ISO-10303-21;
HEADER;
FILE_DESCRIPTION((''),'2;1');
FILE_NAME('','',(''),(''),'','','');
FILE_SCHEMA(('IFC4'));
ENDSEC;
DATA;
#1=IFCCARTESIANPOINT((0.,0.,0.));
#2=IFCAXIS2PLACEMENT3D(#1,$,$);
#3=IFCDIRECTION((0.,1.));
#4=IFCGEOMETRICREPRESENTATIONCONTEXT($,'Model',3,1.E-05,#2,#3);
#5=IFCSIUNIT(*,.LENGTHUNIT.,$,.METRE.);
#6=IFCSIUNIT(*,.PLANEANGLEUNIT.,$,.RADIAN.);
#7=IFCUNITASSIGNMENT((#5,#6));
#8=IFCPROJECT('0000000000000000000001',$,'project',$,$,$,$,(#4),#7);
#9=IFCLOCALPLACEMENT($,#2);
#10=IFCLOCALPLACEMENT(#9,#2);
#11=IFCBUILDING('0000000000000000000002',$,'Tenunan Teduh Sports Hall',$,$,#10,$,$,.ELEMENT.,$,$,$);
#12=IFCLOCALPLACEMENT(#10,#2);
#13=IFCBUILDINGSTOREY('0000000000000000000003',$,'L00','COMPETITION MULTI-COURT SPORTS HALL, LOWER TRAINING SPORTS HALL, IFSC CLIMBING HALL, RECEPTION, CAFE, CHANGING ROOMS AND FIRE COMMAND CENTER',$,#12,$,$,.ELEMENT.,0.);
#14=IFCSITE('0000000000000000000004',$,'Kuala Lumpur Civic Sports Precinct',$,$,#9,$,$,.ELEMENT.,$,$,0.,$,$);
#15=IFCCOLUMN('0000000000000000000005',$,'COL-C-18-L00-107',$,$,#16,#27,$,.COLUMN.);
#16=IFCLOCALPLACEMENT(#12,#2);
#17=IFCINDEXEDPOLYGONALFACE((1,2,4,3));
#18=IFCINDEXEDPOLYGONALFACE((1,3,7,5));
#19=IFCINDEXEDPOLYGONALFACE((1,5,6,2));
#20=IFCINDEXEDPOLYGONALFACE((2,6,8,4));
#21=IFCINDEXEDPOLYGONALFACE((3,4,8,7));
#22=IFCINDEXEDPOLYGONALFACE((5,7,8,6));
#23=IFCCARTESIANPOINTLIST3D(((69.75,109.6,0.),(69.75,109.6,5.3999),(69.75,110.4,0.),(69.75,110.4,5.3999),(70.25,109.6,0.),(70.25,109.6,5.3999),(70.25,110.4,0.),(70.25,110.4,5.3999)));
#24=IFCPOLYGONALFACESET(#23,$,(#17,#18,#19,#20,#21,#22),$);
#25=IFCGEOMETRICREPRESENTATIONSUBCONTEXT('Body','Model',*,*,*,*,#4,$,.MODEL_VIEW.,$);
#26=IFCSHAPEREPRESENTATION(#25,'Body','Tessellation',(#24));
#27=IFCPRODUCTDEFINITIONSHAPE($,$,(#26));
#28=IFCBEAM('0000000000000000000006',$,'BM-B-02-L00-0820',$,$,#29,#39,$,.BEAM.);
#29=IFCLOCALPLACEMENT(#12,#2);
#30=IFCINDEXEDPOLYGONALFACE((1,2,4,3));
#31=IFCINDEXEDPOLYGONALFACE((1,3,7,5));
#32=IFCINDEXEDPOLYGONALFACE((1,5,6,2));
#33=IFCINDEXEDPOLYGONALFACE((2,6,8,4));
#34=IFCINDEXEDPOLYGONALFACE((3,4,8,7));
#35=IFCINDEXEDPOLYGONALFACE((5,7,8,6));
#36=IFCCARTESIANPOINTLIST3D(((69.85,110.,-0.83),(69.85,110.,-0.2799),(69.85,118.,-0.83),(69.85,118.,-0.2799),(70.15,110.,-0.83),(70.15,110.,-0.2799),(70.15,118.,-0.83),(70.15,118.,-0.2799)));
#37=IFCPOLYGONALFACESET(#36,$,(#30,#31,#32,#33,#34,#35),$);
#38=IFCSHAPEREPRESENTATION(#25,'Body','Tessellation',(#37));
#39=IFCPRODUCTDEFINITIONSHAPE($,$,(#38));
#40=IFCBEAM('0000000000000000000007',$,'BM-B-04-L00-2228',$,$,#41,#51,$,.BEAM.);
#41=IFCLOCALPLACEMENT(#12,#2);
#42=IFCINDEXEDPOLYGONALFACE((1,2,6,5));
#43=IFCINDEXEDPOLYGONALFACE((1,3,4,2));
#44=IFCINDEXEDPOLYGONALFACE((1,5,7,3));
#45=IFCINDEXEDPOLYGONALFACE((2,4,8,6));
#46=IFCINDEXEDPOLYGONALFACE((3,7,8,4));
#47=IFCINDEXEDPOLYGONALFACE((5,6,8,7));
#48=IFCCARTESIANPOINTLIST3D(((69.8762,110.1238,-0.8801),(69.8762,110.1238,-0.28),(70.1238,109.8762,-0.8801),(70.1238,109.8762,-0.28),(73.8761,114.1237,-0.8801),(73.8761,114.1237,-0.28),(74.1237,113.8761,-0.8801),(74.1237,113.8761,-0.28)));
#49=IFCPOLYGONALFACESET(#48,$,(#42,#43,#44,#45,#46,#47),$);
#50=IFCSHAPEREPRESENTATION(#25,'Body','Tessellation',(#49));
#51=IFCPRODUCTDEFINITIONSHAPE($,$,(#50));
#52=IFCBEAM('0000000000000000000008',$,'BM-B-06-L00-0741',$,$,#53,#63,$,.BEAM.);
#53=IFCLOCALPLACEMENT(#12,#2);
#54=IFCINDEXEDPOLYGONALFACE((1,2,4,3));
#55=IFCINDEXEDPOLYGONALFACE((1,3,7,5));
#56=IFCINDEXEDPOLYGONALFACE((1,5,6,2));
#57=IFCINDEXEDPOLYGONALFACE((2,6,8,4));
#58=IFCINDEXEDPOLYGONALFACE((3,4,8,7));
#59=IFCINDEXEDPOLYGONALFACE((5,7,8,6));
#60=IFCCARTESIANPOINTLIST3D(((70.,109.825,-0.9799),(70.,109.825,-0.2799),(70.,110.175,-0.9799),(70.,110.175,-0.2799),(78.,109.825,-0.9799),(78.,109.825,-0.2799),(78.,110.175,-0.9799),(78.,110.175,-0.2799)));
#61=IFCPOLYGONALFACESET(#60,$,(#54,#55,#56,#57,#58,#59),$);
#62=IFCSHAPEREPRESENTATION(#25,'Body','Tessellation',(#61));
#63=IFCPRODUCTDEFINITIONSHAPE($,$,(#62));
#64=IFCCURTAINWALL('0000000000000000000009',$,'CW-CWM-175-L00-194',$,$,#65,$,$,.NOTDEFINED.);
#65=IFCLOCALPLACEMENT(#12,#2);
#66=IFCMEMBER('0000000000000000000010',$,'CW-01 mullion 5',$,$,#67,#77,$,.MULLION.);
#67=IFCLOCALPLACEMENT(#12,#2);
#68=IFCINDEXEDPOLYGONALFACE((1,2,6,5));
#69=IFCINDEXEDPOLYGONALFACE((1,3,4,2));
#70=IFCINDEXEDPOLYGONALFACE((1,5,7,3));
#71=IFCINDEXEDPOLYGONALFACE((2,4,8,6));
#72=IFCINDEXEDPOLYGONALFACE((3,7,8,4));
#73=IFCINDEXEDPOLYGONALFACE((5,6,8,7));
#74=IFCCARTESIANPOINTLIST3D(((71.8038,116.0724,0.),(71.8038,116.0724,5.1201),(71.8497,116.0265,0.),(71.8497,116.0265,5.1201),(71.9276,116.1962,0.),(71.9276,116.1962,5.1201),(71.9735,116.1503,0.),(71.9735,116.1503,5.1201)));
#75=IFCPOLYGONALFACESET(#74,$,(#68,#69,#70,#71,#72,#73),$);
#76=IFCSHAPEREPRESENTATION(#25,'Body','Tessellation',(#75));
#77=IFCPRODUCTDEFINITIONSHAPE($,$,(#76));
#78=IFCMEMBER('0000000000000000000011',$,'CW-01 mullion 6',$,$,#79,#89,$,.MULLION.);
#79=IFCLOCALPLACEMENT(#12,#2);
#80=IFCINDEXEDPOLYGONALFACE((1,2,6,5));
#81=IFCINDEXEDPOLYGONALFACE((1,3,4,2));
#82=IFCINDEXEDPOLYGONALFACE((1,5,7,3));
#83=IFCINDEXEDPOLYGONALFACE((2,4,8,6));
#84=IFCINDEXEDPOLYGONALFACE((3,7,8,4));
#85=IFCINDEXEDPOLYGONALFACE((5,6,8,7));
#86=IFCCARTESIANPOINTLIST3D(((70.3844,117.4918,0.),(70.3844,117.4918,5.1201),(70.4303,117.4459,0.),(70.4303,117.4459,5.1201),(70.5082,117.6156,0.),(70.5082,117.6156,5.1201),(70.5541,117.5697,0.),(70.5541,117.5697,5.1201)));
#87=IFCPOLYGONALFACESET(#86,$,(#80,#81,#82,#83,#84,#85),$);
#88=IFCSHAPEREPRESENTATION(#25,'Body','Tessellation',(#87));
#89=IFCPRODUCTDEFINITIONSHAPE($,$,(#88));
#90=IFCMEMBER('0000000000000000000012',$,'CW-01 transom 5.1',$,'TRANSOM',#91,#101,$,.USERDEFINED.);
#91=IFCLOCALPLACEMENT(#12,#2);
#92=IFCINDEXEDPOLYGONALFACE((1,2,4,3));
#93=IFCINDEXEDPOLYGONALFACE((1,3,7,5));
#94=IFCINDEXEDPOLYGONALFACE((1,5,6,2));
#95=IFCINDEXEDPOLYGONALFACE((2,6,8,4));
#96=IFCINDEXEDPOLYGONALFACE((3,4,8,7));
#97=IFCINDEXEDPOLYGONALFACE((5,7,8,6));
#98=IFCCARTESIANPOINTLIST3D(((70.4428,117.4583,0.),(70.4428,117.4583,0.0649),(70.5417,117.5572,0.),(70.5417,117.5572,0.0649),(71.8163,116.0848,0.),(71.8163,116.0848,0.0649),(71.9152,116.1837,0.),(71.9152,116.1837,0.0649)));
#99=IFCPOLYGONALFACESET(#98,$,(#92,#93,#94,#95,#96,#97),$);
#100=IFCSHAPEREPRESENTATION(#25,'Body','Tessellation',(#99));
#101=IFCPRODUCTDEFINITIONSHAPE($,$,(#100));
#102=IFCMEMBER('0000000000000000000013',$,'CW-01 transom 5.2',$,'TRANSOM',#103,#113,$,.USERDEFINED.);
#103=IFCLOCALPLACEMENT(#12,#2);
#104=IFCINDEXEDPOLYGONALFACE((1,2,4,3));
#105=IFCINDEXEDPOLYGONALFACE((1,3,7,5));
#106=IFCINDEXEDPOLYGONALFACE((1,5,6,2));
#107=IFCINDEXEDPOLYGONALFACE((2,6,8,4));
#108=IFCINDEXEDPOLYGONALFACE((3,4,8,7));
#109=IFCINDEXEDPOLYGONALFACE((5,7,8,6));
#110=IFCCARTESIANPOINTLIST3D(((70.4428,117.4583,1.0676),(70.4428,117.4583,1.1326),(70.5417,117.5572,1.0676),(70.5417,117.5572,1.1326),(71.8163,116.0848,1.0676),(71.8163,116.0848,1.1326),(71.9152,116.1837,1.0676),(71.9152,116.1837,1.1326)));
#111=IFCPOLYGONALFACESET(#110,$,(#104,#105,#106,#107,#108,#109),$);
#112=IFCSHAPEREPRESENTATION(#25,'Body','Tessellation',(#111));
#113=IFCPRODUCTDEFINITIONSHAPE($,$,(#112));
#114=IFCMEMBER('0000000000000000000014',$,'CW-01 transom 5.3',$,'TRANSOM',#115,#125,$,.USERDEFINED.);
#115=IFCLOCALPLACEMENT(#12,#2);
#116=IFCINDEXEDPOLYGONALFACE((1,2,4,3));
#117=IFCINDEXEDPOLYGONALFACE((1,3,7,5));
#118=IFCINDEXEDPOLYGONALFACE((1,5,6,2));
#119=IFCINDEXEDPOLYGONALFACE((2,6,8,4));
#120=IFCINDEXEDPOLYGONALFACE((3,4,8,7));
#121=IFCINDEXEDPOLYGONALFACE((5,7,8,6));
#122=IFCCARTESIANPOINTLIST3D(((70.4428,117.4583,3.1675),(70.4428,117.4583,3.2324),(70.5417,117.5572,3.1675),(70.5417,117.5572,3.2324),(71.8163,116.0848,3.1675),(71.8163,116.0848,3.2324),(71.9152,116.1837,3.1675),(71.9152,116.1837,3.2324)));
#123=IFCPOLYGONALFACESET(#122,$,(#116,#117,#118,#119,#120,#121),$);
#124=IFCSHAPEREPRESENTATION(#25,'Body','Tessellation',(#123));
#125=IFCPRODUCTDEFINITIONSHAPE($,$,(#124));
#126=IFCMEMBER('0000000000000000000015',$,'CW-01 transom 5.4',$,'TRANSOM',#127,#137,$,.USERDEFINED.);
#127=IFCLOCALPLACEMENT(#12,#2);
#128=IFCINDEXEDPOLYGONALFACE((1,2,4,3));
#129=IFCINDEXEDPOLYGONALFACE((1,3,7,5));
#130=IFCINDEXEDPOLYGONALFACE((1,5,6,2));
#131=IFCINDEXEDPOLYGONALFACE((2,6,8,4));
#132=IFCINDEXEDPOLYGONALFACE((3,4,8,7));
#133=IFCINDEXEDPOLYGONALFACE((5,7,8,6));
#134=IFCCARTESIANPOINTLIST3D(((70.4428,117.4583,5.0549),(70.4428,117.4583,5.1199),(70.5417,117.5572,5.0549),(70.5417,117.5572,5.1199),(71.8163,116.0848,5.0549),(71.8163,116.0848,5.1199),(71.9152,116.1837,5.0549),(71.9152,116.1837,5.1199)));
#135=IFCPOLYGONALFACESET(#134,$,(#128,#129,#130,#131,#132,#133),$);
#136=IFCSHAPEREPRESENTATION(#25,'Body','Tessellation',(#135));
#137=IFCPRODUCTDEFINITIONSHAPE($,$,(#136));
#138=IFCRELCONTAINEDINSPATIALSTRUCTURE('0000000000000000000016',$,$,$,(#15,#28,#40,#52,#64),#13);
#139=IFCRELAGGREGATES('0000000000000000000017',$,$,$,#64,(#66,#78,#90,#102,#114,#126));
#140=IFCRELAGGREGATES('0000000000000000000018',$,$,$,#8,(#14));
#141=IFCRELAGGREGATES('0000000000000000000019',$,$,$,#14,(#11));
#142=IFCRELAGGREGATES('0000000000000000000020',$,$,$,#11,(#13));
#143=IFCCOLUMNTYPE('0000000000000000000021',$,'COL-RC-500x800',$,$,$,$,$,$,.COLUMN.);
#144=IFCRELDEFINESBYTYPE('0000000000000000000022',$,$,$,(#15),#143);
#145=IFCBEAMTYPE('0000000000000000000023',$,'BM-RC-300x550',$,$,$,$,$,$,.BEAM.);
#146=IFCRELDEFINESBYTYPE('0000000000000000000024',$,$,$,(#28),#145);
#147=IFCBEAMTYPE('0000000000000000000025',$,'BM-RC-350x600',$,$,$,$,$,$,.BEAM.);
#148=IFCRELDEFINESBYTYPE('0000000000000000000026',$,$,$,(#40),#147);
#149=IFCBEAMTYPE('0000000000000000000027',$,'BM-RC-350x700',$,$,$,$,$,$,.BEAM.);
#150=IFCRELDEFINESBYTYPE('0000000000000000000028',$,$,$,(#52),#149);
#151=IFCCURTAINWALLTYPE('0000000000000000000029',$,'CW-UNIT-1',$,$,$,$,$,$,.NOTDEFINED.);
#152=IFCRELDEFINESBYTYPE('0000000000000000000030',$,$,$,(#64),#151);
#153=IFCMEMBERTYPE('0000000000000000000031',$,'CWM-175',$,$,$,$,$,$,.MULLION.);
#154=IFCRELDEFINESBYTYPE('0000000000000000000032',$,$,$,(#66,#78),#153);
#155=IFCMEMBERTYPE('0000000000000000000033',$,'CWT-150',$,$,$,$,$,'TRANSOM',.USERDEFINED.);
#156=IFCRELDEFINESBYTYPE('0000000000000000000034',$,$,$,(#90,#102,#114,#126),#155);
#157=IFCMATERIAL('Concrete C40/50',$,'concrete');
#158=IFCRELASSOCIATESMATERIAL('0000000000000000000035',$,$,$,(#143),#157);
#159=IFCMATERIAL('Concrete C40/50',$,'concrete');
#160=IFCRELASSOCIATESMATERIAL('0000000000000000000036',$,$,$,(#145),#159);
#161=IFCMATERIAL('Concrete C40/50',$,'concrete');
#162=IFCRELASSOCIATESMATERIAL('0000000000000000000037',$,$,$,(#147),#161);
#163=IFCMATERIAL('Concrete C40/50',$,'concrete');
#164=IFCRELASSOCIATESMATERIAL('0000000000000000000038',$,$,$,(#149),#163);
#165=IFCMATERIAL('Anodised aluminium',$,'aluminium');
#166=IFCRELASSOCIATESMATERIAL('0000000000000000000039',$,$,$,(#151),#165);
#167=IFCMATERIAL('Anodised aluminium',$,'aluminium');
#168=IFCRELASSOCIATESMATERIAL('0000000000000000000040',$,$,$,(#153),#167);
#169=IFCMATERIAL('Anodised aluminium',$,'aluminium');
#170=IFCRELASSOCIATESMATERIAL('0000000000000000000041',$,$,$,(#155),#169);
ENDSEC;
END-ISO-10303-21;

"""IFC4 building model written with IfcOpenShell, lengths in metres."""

from ifc_helpers import new_model, si_unit, direction, frame, origin, origin_2d, place, context, subcontext, project, spatial, rectangle, extrude, material, material_profile, profile_set, type_object, element, aggregate, save


model = new_model("IFC4")

# Units and contexts
model_context = context("Model", 3, precision=1e-05, world=origin(), true_north=direction((0.0, 1.0)))
body_context = subcontext(model_context, "Body", "Model", "MODEL_VIEW")
ifc_project = project(units=[si_unit("LENGTHUNIT", "METRE"), si_unit("PLANEANGLEUNIT", "RADIAN")], contexts=[model_context])

# Site, building, storey
site_placement = place(None, origin())
site = spatial("IfcSite", under=ifc_project, at=site_placement, Name="Kuala Lumpur Civic Sports Precinct", CompositionType="ELEMENT", RefElevation=0.0)
building_placement = place(site_placement, origin())
building = spatial("IfcBuilding", under=site, at=building_placement, Name="Tenunan Teduh Sports Hall", CompositionType="ELEMENT")
storey_placement = place(building_placement, origin())
storey = spatial("IfcBuildingStorey", under=building, at=storey_placement, Name="L00", Description="COMPETITION MULTI-COURT SPORTS HALL, LOWER TRAINING SPORTS HALL, IFSC CLIMBING HALL, RECEPTION, CAFE, CHANGING ROOMS AND FIRE COMMAND CENTER", CompositionType="ELEMENT", Elevation=0.0)

# Column
ifc_material_1 = material(Name="Concrete C40/50", Category="concrete")
ifc_material_profile_1 = material_profile(ifc_material_1, rectangle(XDim=0.5, YDim=0.8, at=origin_2d()), Name="RC 500x800")
ifc_profile_set_1 = profile_set([ifc_material_profile_1], Name="Concrete C40/50")
column_type = type_object("IfcColumnType", Name="COL-RC-500x800", PredefinedType="COLUMN", material=ifc_profile_set_1)
column_placement = place(storey_placement, frame((70.0, 110.0, 0.0), z_axis=(0.0, 0.0, 1.0), x_axis=(1.0, 0.0, 0.0)))
element("IfcColumn", 1, at=column_placement, inside=storey, type_object=column_type, Name="COL-C-18-L00-107", PredefinedType="COLUMN", context=body_context, shape_type="SweptSolid", body=[
    extrude(rectangle(XDim=0.5, YDim=0.8, at=origin_2d()), origin(), (0.0, 0.0, 1.0), 5.3999),
])

# Beams
ifc_material_2 = material(Name="Concrete C40/50", Category="concrete")
ifc_material_profile_2 = material_profile(ifc_material_2, rectangle(XDim=0.3, YDim=0.55, at=origin_2d()), Name="RCB 300x550")
ifc_profile_set_2 = profile_set([ifc_material_profile_2], Name="Concrete C40/50")
beam_type_1 = type_object("IfcBeamType", Name="BM-RC-300x550", PredefinedType="BEAM", material=ifc_profile_set_2)
beam_1_placement = place(storey_placement, frame((70.0, 110.0, -0.5549), z_axis=(0.0, 1.0, 0.0), x_axis=(-1.0, 0.0, 0.0)))
element("IfcBeam", 2, at=beam_1_placement, inside=storey, type_object=beam_type_1, Name="BM-B-02-L00-0820", PredefinedType="BEAM", context=body_context, shape_type="SweptSolid", body=[
    extrude(rectangle(XDim=0.3, YDim=0.55, at=origin_2d()), origin(), (0.0, 0.0, 1.0), 8.0),
])
ifc_material_3 = material(Name="Concrete C40/50", Category="concrete")
ifc_material_profile_3 = material_profile(ifc_material_3, rectangle(XDim=0.3501, YDim=0.6001, at=origin_2d()), Name="RCB 350x600")
ifc_profile_set_3 = profile_set([ifc_material_profile_3], Name="Concrete C40/50")
beam_type_2 = type_object("IfcBeamType", Name="BM-RC-350x600", PredefinedType="BEAM", material=ifc_profile_set_3)
beam_2_placement = place(storey_placement, frame((70.0, 110.0, -0.5801), z_axis=(0.707107, 0.707107, 0.0), x_axis=(-0.707107, 0.707107, 0.0)))
element("IfcBeam", 3, at=beam_2_placement, inside=storey, type_object=beam_type_2, Name="BM-B-04-L00-2228", PredefinedType="BEAM", context=body_context, shape_type="SweptSolid", body=[
    extrude(rectangle(XDim=0.3501, YDim=0.6001, at=origin_2d()), origin(), (0.0, 0.0, 1.0), 5.6567),
])
ifc_material_4 = material(Name="Concrete C40/50", Category="concrete")
ifc_material_profile_4 = material_profile(ifc_material_4, rectangle(XDim=0.3501, YDim=0.7, at=origin_2d()), Name="RCB 350x700")
ifc_profile_set_4 = profile_set([ifc_material_profile_4], Name="Concrete C40/50")
beam_type_3 = type_object("IfcBeamType", Name="BM-RC-350x700", PredefinedType="BEAM", material=ifc_profile_set_4)
beam_3_placement = place(storey_placement, frame((70.0, 110.0, -0.6299), z_axis=(1.0, 0.0, 0.0), x_axis=(0.0, 1.0, 0.0)))
element("IfcBeam", 4, at=beam_3_placement, inside=storey, type_object=beam_type_3, Name="BM-B-06-L00-0741", PredefinedType="BEAM", context=body_context, shape_type="SweptSolid", body=[
    extrude(rectangle(XDim=0.3501, YDim=0.7, at=origin_2d()), origin(), (0.0, 0.0, 1.0), 8.0),
])

# Curtain wall, members
ifc_material_5 = material(Name="Anodised aluminium", Category="aluminium")
curtain_wall_type = type_object("IfcCurtainWallType", Name="CW-UNIT-1", PredefinedType="NOTDEFINED", material=ifc_material_5)
curtain_wall_1_placement = place(storey_placement, origin())
curtain_wall_1 = element("IfcCurtainWall", 5, at=curtain_wall_1_placement, inside=storey, type_object=curtain_wall_type, Name="CW-CWM-175-L00-194", PredefinedType="NOTDEFINED")
ifc_material_6 = material(Name="Anodised aluminium", Category="aluminium")
ifc_material_profile_5 = material_profile(ifc_material_6, rectangle(XDim=0.0649, YDim=0.175, at=origin_2d()), Name="CWM 65x175")
ifc_profile_set_5 = profile_set([ifc_material_profile_5], Name="Anodised aluminium")
member_type_1 = type_object("IfcMemberType", Name="CWM-175", PredefinedType="MULLION", material=ifc_profile_set_5)
member_1_placement = place(storey_placement, frame((71.8887, 116.1113, 0.0), z_axis=(0.0, 0.0, 1.0), x_axis=(-0.707107, 0.707107, 0.0)))
member_1 = element("IfcMember", 6, at=member_1_placement, type_object=member_type_1, Name="CW-01 mullion 5", PredefinedType="MULLION", context=body_context, shape_type="SweptSolid", body=[
    extrude(rectangle(XDim=0.0649, YDim=0.175, at=origin_2d()), origin(), (0.0, 0.0, 1.0), 5.1201),
])
member_2_placement = place(storey_placement, frame((70.4692, 117.5308, 0.0), z_axis=(0.0, 0.0, 1.0), x_axis=(-0.707107, 0.707107, 0.0)))
member_2 = element("IfcMember", 7, at=member_2_placement, type_object=member_type_1, Name="CW-01 mullion 6", PredefinedType="MULLION", context=body_context, shape_type="SweptSolid", body=[
    extrude(rectangle(XDim=0.0649, YDim=0.175, at=origin_2d()), origin(), (0.0, 0.0, 1.0), 5.1201),
])
ifc_material_7 = material(Name="Anodised aluminium", Category="aluminium")
ifc_material_profile_6 = material_profile(ifc_material_7, rectangle(XDim=0.0649, YDim=0.1399, at=origin_2d()), Name="CWT 65x140")
ifc_profile_set_6 = profile_set([ifc_material_profile_6], Name="Anodised aluminium")
member_type_2 = type_object("IfcMemberType", Name="CWT-150", ElementType="TRANSOM", PredefinedType="USERDEFINED", material=ifc_profile_set_6)
member_3_placement = place(storey_placement, frame((71.8657, 116.1343, 0.0325), z_axis=(-0.707107, 0.707107, 0.0), x_axis=(0.0, 0.0, 1.0)))
member_3 = element("IfcMember", 8, at=member_3_placement, type_object=member_type_2, Name="CW-01 transom 5.1", ObjectType="TRANSOM", PredefinedType="USERDEFINED", context=body_context, shape_type="SweptSolid", body=[
    extrude(rectangle(XDim=0.0649, YDim=0.1399, at=origin_2d()), origin(), (0.0, 0.0, 1.0), 1.9424),
])
member_4_placement = place(storey_placement, frame((71.8657, 116.1343, 1.1001), z_axis=(-0.707107, 0.707107, 0.0), x_axis=(0.0, 0.0, 1.0)))
member_4 = element("IfcMember", 9, at=member_4_placement, type_object=member_type_2, Name="CW-01 transom 5.2", ObjectType="TRANSOM", PredefinedType="USERDEFINED", context=body_context, shape_type="SweptSolid", body=[
    extrude(rectangle(XDim=0.0649, YDim=0.1399, at=origin_2d()), origin(), (0.0, 0.0, 1.0), 1.9424),
])
member_5_placement = place(storey_placement, frame((71.8657, 116.1343, 3.2), z_axis=(-0.707107, 0.707107, 0.0), x_axis=(0.0, 0.0, 1.0)))
member_5 = element("IfcMember", 10, at=member_5_placement, type_object=member_type_2, Name="CW-01 transom 5.3", ObjectType="TRANSOM", PredefinedType="USERDEFINED", context=body_context, shape_type="SweptSolid", body=[
    extrude(rectangle(XDim=0.0649, YDim=0.1399, at=origin_2d()), origin(), (0.0, 0.0, 1.0), 1.9424),
])
member_6_placement = place(storey_placement, frame((71.8657, 116.1343, 5.0874), z_axis=(-0.707107, 0.707107, 0.0), x_axis=(0.0, 0.0, 1.0)))
member_6 = element("IfcMember", 11, at=member_6_placement, type_object=member_type_2, Name="CW-01 transom 5.4", ObjectType="TRANSOM", PredefinedType="USERDEFINED", context=body_context, shape_type="SweptSolid", body=[
    extrude(rectangle(XDim=0.0649, YDim=0.1399, at=origin_2d()), origin(), (0.0, 0.0, 1.0), 1.9424),
])

aggregate(curtain_wall_1, [member_1, member_2, member_3, member_4, member_5, member_6])

save(model, "model.ifc")
